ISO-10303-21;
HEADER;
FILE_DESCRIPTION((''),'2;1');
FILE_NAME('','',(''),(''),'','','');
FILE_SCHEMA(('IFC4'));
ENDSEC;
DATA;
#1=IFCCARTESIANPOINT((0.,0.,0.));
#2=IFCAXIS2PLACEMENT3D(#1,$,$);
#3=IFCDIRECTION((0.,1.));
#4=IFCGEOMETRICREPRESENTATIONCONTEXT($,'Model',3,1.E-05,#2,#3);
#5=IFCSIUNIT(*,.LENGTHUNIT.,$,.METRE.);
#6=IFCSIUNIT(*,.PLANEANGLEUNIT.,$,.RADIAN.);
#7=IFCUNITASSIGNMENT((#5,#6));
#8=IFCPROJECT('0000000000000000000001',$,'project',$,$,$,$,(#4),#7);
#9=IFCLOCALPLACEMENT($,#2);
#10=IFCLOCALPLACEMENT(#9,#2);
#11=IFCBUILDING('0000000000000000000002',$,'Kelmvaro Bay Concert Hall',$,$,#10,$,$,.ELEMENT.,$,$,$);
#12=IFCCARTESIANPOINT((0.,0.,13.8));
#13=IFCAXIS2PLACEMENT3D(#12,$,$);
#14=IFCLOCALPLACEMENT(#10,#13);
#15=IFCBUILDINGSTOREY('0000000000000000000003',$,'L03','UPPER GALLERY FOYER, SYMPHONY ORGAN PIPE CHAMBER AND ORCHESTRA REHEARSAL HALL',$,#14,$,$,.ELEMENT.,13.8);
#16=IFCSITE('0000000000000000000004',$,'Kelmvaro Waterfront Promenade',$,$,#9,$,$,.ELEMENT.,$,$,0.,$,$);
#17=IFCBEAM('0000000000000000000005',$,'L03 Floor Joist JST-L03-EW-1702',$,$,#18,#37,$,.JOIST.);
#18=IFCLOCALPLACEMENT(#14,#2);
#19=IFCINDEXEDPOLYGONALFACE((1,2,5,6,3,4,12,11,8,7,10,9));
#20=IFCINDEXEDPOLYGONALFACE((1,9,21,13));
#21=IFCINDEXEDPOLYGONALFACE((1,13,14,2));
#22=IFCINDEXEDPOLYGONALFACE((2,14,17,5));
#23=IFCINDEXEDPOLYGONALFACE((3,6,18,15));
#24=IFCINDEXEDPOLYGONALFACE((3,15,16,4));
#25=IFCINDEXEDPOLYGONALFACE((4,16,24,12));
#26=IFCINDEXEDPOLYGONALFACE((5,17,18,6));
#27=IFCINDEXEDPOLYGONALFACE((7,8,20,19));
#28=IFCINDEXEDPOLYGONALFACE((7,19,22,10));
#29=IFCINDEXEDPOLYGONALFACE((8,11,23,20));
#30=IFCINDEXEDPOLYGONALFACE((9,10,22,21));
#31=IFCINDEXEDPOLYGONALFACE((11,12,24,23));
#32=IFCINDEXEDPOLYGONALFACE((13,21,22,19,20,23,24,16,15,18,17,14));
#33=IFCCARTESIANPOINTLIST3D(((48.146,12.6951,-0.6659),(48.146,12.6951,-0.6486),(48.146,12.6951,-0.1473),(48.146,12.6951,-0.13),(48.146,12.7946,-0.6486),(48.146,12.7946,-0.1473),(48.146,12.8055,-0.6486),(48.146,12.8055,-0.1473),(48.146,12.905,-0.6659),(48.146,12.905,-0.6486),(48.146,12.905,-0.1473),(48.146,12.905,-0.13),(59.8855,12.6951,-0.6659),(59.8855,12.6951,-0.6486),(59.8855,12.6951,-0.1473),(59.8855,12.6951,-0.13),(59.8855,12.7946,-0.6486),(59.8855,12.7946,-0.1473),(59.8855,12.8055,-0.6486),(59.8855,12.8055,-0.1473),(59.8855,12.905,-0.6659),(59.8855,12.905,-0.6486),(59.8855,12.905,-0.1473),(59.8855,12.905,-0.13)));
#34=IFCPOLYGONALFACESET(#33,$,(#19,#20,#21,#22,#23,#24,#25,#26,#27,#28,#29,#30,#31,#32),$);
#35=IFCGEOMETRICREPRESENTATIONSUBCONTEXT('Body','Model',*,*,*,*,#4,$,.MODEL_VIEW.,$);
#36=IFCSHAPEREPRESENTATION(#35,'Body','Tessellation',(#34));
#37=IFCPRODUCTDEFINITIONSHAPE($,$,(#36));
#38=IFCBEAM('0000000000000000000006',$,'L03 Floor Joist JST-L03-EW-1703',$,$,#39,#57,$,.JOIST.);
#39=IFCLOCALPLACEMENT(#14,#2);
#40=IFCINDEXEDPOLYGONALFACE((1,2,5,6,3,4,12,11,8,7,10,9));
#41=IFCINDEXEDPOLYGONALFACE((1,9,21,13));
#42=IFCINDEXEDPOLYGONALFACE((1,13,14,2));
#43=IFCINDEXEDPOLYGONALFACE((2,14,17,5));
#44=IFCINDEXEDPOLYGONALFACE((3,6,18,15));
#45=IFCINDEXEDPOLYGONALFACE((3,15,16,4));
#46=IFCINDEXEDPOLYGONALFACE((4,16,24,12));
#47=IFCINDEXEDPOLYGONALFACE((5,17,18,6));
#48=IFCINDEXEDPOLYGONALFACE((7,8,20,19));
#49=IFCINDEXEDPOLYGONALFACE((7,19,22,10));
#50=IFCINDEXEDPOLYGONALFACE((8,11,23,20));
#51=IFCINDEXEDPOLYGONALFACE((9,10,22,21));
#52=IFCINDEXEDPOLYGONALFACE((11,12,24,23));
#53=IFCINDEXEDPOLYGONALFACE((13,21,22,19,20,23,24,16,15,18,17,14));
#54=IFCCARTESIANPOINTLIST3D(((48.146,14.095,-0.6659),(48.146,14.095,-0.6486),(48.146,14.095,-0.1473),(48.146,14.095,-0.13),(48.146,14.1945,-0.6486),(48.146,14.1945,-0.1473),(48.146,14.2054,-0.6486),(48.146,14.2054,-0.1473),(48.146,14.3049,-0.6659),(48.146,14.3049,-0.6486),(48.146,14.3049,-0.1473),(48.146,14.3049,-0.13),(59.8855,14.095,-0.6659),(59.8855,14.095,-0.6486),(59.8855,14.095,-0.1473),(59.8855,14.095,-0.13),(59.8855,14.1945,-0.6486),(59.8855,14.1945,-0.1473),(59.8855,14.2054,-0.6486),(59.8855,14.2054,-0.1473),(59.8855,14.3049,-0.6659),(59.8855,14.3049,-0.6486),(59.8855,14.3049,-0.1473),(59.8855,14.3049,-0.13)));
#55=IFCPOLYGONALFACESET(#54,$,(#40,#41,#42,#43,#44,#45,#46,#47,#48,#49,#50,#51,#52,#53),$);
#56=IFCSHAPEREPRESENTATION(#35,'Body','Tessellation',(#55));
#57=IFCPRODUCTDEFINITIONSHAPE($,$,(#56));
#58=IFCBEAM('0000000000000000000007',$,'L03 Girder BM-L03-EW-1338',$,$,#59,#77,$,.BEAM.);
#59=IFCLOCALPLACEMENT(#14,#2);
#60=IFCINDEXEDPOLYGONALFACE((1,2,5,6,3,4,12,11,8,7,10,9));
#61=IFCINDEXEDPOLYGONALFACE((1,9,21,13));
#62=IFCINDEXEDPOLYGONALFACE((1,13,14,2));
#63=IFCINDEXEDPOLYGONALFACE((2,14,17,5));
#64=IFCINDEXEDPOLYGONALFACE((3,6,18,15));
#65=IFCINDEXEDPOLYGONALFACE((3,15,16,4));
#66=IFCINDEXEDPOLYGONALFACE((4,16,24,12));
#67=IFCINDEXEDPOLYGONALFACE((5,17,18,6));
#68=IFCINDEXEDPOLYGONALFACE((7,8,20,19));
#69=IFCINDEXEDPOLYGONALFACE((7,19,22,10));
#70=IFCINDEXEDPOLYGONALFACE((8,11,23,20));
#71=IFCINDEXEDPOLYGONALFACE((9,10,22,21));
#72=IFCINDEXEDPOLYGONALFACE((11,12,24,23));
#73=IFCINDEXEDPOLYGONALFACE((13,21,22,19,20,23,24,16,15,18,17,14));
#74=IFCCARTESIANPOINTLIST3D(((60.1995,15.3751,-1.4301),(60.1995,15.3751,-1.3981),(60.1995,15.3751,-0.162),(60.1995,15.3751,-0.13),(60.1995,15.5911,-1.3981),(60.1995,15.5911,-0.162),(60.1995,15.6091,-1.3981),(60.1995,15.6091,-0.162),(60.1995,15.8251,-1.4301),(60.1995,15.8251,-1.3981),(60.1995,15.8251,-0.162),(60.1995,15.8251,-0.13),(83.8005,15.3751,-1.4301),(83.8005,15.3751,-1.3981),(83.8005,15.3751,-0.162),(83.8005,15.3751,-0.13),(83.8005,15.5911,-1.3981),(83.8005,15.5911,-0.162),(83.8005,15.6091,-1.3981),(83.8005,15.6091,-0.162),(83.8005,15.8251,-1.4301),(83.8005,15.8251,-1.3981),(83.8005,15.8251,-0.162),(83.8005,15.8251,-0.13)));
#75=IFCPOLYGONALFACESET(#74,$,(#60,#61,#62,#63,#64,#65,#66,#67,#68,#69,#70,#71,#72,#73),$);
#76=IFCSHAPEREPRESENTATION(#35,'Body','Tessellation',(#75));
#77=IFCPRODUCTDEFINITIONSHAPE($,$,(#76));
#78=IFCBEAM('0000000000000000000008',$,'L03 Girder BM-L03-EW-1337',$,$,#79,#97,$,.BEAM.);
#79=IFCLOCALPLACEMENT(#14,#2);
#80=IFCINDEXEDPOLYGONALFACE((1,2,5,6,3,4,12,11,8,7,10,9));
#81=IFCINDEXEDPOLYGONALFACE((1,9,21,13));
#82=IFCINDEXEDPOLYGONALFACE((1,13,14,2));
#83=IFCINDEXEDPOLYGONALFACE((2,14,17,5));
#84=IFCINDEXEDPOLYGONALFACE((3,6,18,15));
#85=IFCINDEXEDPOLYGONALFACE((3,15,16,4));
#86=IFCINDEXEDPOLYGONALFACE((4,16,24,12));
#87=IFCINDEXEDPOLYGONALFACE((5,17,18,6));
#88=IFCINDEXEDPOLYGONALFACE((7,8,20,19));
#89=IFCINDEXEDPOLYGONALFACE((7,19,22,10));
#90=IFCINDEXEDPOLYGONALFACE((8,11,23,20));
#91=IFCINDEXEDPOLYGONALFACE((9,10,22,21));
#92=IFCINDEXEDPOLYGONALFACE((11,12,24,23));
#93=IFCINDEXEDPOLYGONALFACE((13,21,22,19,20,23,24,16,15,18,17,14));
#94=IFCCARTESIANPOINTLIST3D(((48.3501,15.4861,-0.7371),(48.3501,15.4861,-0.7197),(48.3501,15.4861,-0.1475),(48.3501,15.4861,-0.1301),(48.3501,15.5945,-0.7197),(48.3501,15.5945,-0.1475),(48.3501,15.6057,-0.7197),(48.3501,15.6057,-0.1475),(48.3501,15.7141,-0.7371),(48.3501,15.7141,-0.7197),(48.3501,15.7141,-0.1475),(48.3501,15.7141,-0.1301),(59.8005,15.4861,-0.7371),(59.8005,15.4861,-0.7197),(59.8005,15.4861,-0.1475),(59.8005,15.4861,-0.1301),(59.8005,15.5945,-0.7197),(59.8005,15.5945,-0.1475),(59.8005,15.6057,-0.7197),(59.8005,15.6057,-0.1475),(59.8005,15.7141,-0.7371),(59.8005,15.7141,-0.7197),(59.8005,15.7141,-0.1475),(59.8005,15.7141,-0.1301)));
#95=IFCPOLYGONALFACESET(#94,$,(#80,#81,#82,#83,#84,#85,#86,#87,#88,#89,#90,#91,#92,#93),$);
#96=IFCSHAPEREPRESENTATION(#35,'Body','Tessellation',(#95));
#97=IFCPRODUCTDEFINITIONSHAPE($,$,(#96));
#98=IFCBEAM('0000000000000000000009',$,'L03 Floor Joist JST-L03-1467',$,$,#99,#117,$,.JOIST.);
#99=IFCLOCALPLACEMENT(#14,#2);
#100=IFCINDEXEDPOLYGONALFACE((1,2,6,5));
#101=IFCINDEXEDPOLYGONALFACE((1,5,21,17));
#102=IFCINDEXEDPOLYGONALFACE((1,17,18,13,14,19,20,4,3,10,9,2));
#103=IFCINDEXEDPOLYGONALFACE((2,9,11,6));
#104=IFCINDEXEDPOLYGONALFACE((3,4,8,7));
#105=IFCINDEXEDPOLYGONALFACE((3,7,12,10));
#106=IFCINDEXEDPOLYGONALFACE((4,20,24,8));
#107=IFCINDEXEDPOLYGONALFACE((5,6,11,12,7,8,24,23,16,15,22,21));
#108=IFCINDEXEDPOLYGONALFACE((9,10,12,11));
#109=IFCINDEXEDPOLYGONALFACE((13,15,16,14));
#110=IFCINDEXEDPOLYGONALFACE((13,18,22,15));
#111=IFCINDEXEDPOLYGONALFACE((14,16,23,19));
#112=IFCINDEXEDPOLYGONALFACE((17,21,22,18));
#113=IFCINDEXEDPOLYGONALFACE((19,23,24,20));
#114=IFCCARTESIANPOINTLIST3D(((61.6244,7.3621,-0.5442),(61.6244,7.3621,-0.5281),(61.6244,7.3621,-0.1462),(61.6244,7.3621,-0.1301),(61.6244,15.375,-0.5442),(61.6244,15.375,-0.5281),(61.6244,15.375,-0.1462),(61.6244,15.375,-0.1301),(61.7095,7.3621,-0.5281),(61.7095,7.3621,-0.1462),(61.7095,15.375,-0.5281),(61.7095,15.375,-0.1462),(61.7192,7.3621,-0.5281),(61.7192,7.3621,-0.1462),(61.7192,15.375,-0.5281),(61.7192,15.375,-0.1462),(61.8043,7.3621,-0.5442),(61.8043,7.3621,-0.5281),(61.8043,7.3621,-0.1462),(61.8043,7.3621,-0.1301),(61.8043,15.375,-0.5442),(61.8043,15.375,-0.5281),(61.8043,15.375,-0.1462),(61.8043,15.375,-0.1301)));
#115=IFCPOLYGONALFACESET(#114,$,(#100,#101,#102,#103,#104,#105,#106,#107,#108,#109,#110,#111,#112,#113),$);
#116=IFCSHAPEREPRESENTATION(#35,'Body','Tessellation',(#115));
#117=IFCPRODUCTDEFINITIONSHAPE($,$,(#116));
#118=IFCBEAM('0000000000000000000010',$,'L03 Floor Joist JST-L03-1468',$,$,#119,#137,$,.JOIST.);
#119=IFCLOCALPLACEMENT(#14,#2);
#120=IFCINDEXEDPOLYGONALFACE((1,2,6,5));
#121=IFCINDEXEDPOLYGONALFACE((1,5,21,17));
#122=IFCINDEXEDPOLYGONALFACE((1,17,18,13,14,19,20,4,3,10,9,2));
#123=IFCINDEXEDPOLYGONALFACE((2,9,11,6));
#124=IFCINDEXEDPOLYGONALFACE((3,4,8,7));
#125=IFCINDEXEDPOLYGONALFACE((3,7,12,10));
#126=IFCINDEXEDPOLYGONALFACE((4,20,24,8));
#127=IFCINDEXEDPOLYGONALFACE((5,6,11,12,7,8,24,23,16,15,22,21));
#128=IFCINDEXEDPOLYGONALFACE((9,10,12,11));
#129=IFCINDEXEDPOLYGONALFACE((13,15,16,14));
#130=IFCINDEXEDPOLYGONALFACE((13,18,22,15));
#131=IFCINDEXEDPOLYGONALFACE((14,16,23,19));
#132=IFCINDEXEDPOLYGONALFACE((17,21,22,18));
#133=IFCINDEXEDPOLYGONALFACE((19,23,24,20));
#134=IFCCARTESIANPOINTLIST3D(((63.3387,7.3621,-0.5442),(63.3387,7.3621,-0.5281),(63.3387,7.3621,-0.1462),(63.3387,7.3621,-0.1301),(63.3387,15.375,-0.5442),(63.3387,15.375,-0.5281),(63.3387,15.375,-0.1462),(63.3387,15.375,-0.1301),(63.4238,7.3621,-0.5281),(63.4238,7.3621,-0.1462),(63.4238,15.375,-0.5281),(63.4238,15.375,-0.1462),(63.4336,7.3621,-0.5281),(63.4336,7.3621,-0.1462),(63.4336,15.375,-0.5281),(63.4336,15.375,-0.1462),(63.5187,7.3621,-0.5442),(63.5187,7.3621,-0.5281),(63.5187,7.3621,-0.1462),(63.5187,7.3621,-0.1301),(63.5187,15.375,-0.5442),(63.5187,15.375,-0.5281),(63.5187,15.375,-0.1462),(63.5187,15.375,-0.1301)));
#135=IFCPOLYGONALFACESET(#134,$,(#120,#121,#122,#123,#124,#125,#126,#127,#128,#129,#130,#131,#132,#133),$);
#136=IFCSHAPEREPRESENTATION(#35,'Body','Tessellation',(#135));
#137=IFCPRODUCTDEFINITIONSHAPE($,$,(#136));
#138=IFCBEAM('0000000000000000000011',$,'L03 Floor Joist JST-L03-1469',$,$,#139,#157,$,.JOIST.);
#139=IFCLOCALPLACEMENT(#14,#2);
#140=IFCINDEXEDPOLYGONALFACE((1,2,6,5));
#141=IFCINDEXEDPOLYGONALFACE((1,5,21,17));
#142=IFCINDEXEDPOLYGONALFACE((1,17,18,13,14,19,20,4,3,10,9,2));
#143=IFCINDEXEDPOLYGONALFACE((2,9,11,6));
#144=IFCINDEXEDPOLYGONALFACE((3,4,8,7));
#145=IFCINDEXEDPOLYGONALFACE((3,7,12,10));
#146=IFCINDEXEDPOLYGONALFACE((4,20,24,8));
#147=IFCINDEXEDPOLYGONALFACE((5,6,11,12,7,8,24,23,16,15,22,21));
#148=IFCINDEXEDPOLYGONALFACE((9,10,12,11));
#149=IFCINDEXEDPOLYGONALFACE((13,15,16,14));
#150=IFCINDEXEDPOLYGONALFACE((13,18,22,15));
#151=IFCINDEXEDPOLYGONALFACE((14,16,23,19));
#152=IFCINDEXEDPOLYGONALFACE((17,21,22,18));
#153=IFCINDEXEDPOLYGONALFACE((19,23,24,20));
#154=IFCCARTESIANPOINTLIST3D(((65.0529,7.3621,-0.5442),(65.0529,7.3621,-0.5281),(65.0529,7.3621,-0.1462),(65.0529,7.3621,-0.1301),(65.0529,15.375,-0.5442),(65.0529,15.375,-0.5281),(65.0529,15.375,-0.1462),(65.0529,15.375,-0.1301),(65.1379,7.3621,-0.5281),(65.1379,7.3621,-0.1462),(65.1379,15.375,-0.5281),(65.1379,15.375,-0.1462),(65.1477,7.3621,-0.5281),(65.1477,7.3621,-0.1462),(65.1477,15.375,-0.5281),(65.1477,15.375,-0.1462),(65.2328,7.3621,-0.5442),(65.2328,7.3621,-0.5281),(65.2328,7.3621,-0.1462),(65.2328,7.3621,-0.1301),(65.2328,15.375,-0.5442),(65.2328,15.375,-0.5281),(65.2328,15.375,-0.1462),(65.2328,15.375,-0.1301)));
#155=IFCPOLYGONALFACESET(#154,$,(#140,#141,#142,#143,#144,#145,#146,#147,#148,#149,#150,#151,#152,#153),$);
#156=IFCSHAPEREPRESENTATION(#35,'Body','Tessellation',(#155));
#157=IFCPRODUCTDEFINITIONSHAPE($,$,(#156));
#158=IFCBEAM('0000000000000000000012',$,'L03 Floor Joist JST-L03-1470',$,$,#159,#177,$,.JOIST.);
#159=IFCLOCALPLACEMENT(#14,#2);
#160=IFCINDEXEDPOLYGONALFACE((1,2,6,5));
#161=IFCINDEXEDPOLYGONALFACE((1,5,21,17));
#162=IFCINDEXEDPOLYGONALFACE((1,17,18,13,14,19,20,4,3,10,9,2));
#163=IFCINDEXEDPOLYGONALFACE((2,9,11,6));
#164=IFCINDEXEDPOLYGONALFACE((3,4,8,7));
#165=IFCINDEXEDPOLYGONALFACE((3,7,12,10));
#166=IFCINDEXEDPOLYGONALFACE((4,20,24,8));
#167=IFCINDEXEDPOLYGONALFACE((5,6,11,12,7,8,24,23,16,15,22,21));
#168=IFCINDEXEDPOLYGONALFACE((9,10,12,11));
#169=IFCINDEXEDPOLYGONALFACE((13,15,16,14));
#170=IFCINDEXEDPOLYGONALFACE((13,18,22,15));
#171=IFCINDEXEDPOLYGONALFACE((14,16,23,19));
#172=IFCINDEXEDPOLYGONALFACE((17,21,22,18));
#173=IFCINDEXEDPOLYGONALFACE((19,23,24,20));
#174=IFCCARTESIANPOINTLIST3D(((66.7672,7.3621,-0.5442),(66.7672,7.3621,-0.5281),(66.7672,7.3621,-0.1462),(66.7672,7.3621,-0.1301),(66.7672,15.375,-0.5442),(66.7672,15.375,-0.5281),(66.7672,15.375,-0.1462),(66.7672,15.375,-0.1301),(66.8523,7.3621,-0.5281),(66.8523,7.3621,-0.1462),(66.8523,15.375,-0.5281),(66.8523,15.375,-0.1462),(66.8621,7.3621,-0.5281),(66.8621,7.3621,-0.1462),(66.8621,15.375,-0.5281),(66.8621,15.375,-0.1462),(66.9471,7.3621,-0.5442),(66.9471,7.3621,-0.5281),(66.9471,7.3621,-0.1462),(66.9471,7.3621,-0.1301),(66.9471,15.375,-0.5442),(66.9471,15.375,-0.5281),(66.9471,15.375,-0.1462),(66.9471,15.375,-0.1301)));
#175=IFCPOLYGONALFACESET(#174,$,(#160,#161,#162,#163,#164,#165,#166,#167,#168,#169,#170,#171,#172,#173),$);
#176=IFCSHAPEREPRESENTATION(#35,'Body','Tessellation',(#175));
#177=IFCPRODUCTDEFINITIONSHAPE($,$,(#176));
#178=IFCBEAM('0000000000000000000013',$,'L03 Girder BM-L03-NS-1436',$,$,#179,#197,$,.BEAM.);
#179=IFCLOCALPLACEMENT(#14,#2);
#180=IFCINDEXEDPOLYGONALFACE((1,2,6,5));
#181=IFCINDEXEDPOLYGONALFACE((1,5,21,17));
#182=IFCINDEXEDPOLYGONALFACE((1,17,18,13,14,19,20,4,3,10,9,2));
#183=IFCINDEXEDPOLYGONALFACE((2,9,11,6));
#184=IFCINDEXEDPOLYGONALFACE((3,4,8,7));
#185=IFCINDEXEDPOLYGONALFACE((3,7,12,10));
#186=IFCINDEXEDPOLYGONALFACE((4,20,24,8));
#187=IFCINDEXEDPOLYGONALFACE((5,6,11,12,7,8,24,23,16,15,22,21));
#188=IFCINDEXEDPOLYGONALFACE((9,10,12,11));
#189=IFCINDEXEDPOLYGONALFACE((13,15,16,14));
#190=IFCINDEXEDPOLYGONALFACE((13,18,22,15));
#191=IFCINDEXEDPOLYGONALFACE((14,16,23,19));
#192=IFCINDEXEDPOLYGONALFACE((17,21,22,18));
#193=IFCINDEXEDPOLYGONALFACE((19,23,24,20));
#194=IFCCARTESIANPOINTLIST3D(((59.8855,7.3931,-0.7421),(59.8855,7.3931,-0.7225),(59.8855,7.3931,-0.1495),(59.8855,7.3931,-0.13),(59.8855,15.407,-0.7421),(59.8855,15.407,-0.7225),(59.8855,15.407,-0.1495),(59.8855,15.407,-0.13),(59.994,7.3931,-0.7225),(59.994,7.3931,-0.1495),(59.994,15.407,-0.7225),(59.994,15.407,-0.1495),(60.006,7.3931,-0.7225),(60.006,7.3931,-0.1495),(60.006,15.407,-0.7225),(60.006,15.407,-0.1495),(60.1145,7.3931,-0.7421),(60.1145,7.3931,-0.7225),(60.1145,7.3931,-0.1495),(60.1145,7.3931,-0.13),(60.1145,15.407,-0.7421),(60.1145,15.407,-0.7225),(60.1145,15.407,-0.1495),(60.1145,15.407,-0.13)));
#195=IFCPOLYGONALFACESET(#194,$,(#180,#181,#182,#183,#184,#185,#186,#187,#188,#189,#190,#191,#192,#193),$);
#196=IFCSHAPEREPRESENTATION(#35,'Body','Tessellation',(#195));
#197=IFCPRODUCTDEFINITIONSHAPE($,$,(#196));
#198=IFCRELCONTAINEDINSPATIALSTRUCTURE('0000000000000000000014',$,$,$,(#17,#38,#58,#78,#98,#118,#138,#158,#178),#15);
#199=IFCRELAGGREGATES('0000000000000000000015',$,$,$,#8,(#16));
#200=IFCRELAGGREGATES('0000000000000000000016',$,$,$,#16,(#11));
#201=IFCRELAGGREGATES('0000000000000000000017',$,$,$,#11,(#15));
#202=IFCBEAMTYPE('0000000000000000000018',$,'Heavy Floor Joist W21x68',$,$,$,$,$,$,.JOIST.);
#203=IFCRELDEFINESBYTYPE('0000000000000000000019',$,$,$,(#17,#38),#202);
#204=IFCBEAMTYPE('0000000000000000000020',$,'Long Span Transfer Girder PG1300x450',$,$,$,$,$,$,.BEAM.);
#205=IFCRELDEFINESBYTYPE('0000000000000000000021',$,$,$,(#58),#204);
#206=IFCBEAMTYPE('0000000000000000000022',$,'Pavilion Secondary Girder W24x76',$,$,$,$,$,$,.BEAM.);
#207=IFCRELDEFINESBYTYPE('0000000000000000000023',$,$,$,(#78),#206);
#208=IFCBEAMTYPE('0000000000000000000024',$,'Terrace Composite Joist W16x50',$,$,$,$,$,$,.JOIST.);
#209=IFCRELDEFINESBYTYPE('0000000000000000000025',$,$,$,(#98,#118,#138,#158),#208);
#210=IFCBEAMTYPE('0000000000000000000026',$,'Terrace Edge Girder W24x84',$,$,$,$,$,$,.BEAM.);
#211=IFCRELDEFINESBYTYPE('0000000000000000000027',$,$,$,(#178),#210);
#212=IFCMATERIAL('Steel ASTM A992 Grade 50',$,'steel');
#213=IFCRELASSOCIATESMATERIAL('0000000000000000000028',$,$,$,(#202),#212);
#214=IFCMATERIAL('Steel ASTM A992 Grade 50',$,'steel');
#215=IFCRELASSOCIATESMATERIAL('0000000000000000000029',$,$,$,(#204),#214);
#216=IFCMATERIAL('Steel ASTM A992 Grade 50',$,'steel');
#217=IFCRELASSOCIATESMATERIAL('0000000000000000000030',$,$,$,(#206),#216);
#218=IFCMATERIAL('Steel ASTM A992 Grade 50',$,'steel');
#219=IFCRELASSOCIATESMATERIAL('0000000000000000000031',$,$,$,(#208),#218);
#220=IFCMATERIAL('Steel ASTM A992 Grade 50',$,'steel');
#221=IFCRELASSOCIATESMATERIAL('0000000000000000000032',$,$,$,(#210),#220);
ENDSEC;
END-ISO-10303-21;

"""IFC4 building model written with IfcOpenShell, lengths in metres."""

from ifc_helpers import new_model, si_unit, direction, frame, origin, origin_2d, place, context, subcontext, project, spatial, i_section, extrude, material, material_profile, profile_set, type_object, element, save


model = new_model("IFC4")

# Units and contexts
model_context = context("Model", 3, precision=1e-05, world=origin(), true_north=direction((0.0, 1.0)))
body_context = subcontext(model_context, "Body", "Model", "MODEL_VIEW")
ifc_project = project(units=[si_unit("LENGTHUNIT", "METRE"), si_unit("PLANEANGLEUNIT", "RADIAN")], contexts=[model_context])

# Site, building, storey
site_placement = place(None, origin())
site = spatial("IfcSite", under=ifc_project, at=site_placement, Name="Kelmvaro Waterfront Promenade", CompositionType="ELEMENT", RefElevation=0.0)
building_placement = place(site_placement, origin())
building = spatial("IfcBuilding", under=site, at=building_placement, Name="Kelmvaro Bay Concert Hall", CompositionType="ELEMENT")
storey_placement = place(building_placement, frame((0.0, 0.0, 13.8)))
storey = spatial("IfcBuildingStorey", under=building, at=storey_placement, Name="L03", Description="UPPER GALLERY FOYER, SYMPHONY ORGAN PIPE CHAMBER AND ORCHESTRA REHEARSAL HALL", CompositionType="ELEMENT", Elevation=13.8)

# Beams
ifc_material_1 = material(Name="Steel ASTM A992 Grade 50", Category="steel")
ifc_material_profile_1 = material_profile(ifc_material_1, i_section(OverallWidth=0.21, OverallDepth=0.5359, WebThickness=0.011, FlangeThickness=0.0173, at=origin_2d()), Name="W21X68")
ifc_profile_set_1 = profile_set([ifc_material_profile_1], Name="Steel ASTM A992 Grade 50")
beam_type_1 = type_object("IfcBeamType", Name="Heavy Floor Joist W21x68", PredefinedType="JOIST", material=ifc_profile_set_1)
for number, where, z_axis, x_axis, name in (
    (1, (48.146, 12.8, -0.3979), (1.0, 0.0, 0.0), (0.0, 1.0, 0.0), "L03 Floor Joist JST-L03-EW-1702"),
    (2, (48.146, 14.2, -0.3979), (1.0, 0.0, 0.0), (0.0, 1.0, 0.0), "L03 Floor Joist JST-L03-EW-1703"),
):
    element("IfcBeam", number, at=place(storey_placement, frame(where, z_axis=z_axis, x_axis=x_axis)), inside=storey, type_object=beam_type_1, Name=name, PredefinedType="JOIST", context=body_context, shape_type="SweptSolid", body=[
        extrude(i_section(OverallWidth=0.21, OverallDepth=0.5359, WebThickness=0.011, FlangeThickness=0.0173, at=origin_2d()), origin(), (0.0, 0.0, 1.0), 11.7395),
    ])
ifc_material_2 = material(Name="Steel ASTM A992 Grade 50", Category="steel")
ifc_material_profile_2 = material_profile(ifc_material_2, i_section(OverallWidth=0.45, OverallDepth=1.3, WebThickness=0.0181, FlangeThickness=0.032, at=origin_2d()), Name="PG1300X450")
ifc_profile_set_2 = profile_set([ifc_material_profile_2], Name="Steel ASTM A992 Grade 50")
beam_type_2 = type_object("IfcBeamType", Name="Long Span Transfer Girder PG1300x450", PredefinedType="BEAM", material=ifc_profile_set_2)
beam_1_placement = place(storey_placement, frame((60.1995, 15.6001, -0.78), z_axis=(1.0, 0.0, 0.0), x_axis=(0.0, 1.0, 0.0)))
element("IfcBeam", 3, at=beam_1_placement, inside=storey, type_object=beam_type_2, Name="L03 Girder BM-L03-EW-1338", PredefinedType="BEAM", context=body_context, shape_type="SweptSolid", body=[
    extrude(i_section(OverallWidth=0.45, OverallDepth=1.3, WebThickness=0.0181, FlangeThickness=0.032, at=origin_2d()), origin(), (0.0, 0.0, 1.0), 23.6011),
])
ifc_material_3 = material(Name="Steel ASTM A992 Grade 50", Category="steel")
ifc_material_profile_3 = material_profile(ifc_material_3, i_section(OverallWidth=0.228, OverallDepth=0.6069, WebThickness=0.0112, FlangeThickness=0.0173, at=origin_2d()), Name="W24X76")
ifc_profile_set_3 = profile_set([ifc_material_profile_3], Name="Steel ASTM A992 Grade 50")
beam_type_3 = type_object("IfcBeamType", Name="Pavilion Secondary Girder W24x76", PredefinedType="BEAM", material=ifc_profile_set_3)
beam_2_placement = place(storey_placement, frame((48.3501, 15.6001, -0.4336), z_axis=(1.0, 0.0, 0.0), x_axis=(0.0, 1.0, 0.0)))
element("IfcBeam", 4, at=beam_2_placement, inside=storey, type_object=beam_type_3, Name="L03 Girder BM-L03-EW-1337", PredefinedType="BEAM", context=body_context, shape_type="SweptSolid", body=[
    extrude(i_section(OverallWidth=0.228, OverallDepth=0.6069, WebThickness=0.0112, FlangeThickness=0.0173, at=origin_2d()), origin(), (0.0, 0.0, 1.0), 11.4504),
])
ifc_material_4 = material(Name="Steel ASTM A992 Grade 50", Category="steel")
ifc_material_profile_4 = material_profile(ifc_material_4, i_section(OverallWidth=0.1799, OverallDepth=0.4141, WebThickness=0.0098, FlangeThickness=0.0161, at=origin_2d()), Name="W16X50")
ifc_profile_set_4 = profile_set([ifc_material_profile_4], Name="Steel ASTM A992 Grade 50")
beam_type_4 = type_object("IfcBeamType", Name="Terrace Composite Joist W16x50", PredefinedType="JOIST", material=ifc_profile_set_4)
for number, where, z_axis, x_axis, name in (
    (5, (61.7144, 7.3621, -0.3372), (0.0, 1.0, 0.0), (-1.0, 0.0, 0.0), "L03 Floor Joist JST-L03-1467"),
    (6, (63.4287, 7.3621, -0.3372), (0.0, 1.0, 0.0), (-1.0, 0.0, 0.0), "L03 Floor Joist JST-L03-1468"),
    (7, (65.1428, 7.3621, -0.3372), (0.0, 1.0, 0.0), (-1.0, 0.0, 0.0), "L03 Floor Joist JST-L03-1469"),
    (8, (66.8572, 7.3621, -0.3372), (0.0, 1.0, 0.0), (-1.0, 0.0, 0.0), "L03 Floor Joist JST-L03-1470"),
):
    element("IfcBeam", number, at=place(storey_placement, frame(where, z_axis=z_axis, x_axis=x_axis)), inside=storey, type_object=beam_type_4, Name=name, PredefinedType="JOIST", context=body_context, shape_type="SweptSolid", body=[
        extrude(i_section(OverallWidth=0.1799, OverallDepth=0.4141, WebThickness=0.0098, FlangeThickness=0.0161, at=origin_2d()), origin(), (0.0, 0.0, 1.0), 8.0129),
    ])
ifc_material_5 = material(Name="Steel ASTM A992 Grade 50", Category="steel")
ifc_material_profile_5 = material_profile(ifc_material_5, i_section(OverallWidth=0.229, OverallDepth=0.6121, WebThickness=0.012, FlangeThickness=0.0195, at=origin_2d()), Name="W24X84")
ifc_profile_set_5 = profile_set([ifc_material_profile_5], Name="Steel ASTM A992 Grade 50")
beam_type_5 = type_object("IfcBeamType", Name="Terrace Edge Girder W24x84", PredefinedType="BEAM", material=ifc_profile_set_5)
beam_3_placement = place(storey_placement, frame((60.0, 7.3931, -0.436), z_axis=(0.0, 1.0, 0.0), x_axis=(-1.0, 0.0, 0.0)))
element("IfcBeam", 9, at=beam_3_placement, inside=storey, type_object=beam_type_5, Name="L03 Girder BM-L03-NS-1436", PredefinedType="BEAM", context=body_context, shape_type="SweptSolid", body=[
    extrude(i_section(OverallWidth=0.229, OverallDepth=0.6121, WebThickness=0.012, FlangeThickness=0.0195, at=origin_2d()), origin(), (0.0, 0.0, 1.0), 8.0139),
])

save(model, "model.ifc")
